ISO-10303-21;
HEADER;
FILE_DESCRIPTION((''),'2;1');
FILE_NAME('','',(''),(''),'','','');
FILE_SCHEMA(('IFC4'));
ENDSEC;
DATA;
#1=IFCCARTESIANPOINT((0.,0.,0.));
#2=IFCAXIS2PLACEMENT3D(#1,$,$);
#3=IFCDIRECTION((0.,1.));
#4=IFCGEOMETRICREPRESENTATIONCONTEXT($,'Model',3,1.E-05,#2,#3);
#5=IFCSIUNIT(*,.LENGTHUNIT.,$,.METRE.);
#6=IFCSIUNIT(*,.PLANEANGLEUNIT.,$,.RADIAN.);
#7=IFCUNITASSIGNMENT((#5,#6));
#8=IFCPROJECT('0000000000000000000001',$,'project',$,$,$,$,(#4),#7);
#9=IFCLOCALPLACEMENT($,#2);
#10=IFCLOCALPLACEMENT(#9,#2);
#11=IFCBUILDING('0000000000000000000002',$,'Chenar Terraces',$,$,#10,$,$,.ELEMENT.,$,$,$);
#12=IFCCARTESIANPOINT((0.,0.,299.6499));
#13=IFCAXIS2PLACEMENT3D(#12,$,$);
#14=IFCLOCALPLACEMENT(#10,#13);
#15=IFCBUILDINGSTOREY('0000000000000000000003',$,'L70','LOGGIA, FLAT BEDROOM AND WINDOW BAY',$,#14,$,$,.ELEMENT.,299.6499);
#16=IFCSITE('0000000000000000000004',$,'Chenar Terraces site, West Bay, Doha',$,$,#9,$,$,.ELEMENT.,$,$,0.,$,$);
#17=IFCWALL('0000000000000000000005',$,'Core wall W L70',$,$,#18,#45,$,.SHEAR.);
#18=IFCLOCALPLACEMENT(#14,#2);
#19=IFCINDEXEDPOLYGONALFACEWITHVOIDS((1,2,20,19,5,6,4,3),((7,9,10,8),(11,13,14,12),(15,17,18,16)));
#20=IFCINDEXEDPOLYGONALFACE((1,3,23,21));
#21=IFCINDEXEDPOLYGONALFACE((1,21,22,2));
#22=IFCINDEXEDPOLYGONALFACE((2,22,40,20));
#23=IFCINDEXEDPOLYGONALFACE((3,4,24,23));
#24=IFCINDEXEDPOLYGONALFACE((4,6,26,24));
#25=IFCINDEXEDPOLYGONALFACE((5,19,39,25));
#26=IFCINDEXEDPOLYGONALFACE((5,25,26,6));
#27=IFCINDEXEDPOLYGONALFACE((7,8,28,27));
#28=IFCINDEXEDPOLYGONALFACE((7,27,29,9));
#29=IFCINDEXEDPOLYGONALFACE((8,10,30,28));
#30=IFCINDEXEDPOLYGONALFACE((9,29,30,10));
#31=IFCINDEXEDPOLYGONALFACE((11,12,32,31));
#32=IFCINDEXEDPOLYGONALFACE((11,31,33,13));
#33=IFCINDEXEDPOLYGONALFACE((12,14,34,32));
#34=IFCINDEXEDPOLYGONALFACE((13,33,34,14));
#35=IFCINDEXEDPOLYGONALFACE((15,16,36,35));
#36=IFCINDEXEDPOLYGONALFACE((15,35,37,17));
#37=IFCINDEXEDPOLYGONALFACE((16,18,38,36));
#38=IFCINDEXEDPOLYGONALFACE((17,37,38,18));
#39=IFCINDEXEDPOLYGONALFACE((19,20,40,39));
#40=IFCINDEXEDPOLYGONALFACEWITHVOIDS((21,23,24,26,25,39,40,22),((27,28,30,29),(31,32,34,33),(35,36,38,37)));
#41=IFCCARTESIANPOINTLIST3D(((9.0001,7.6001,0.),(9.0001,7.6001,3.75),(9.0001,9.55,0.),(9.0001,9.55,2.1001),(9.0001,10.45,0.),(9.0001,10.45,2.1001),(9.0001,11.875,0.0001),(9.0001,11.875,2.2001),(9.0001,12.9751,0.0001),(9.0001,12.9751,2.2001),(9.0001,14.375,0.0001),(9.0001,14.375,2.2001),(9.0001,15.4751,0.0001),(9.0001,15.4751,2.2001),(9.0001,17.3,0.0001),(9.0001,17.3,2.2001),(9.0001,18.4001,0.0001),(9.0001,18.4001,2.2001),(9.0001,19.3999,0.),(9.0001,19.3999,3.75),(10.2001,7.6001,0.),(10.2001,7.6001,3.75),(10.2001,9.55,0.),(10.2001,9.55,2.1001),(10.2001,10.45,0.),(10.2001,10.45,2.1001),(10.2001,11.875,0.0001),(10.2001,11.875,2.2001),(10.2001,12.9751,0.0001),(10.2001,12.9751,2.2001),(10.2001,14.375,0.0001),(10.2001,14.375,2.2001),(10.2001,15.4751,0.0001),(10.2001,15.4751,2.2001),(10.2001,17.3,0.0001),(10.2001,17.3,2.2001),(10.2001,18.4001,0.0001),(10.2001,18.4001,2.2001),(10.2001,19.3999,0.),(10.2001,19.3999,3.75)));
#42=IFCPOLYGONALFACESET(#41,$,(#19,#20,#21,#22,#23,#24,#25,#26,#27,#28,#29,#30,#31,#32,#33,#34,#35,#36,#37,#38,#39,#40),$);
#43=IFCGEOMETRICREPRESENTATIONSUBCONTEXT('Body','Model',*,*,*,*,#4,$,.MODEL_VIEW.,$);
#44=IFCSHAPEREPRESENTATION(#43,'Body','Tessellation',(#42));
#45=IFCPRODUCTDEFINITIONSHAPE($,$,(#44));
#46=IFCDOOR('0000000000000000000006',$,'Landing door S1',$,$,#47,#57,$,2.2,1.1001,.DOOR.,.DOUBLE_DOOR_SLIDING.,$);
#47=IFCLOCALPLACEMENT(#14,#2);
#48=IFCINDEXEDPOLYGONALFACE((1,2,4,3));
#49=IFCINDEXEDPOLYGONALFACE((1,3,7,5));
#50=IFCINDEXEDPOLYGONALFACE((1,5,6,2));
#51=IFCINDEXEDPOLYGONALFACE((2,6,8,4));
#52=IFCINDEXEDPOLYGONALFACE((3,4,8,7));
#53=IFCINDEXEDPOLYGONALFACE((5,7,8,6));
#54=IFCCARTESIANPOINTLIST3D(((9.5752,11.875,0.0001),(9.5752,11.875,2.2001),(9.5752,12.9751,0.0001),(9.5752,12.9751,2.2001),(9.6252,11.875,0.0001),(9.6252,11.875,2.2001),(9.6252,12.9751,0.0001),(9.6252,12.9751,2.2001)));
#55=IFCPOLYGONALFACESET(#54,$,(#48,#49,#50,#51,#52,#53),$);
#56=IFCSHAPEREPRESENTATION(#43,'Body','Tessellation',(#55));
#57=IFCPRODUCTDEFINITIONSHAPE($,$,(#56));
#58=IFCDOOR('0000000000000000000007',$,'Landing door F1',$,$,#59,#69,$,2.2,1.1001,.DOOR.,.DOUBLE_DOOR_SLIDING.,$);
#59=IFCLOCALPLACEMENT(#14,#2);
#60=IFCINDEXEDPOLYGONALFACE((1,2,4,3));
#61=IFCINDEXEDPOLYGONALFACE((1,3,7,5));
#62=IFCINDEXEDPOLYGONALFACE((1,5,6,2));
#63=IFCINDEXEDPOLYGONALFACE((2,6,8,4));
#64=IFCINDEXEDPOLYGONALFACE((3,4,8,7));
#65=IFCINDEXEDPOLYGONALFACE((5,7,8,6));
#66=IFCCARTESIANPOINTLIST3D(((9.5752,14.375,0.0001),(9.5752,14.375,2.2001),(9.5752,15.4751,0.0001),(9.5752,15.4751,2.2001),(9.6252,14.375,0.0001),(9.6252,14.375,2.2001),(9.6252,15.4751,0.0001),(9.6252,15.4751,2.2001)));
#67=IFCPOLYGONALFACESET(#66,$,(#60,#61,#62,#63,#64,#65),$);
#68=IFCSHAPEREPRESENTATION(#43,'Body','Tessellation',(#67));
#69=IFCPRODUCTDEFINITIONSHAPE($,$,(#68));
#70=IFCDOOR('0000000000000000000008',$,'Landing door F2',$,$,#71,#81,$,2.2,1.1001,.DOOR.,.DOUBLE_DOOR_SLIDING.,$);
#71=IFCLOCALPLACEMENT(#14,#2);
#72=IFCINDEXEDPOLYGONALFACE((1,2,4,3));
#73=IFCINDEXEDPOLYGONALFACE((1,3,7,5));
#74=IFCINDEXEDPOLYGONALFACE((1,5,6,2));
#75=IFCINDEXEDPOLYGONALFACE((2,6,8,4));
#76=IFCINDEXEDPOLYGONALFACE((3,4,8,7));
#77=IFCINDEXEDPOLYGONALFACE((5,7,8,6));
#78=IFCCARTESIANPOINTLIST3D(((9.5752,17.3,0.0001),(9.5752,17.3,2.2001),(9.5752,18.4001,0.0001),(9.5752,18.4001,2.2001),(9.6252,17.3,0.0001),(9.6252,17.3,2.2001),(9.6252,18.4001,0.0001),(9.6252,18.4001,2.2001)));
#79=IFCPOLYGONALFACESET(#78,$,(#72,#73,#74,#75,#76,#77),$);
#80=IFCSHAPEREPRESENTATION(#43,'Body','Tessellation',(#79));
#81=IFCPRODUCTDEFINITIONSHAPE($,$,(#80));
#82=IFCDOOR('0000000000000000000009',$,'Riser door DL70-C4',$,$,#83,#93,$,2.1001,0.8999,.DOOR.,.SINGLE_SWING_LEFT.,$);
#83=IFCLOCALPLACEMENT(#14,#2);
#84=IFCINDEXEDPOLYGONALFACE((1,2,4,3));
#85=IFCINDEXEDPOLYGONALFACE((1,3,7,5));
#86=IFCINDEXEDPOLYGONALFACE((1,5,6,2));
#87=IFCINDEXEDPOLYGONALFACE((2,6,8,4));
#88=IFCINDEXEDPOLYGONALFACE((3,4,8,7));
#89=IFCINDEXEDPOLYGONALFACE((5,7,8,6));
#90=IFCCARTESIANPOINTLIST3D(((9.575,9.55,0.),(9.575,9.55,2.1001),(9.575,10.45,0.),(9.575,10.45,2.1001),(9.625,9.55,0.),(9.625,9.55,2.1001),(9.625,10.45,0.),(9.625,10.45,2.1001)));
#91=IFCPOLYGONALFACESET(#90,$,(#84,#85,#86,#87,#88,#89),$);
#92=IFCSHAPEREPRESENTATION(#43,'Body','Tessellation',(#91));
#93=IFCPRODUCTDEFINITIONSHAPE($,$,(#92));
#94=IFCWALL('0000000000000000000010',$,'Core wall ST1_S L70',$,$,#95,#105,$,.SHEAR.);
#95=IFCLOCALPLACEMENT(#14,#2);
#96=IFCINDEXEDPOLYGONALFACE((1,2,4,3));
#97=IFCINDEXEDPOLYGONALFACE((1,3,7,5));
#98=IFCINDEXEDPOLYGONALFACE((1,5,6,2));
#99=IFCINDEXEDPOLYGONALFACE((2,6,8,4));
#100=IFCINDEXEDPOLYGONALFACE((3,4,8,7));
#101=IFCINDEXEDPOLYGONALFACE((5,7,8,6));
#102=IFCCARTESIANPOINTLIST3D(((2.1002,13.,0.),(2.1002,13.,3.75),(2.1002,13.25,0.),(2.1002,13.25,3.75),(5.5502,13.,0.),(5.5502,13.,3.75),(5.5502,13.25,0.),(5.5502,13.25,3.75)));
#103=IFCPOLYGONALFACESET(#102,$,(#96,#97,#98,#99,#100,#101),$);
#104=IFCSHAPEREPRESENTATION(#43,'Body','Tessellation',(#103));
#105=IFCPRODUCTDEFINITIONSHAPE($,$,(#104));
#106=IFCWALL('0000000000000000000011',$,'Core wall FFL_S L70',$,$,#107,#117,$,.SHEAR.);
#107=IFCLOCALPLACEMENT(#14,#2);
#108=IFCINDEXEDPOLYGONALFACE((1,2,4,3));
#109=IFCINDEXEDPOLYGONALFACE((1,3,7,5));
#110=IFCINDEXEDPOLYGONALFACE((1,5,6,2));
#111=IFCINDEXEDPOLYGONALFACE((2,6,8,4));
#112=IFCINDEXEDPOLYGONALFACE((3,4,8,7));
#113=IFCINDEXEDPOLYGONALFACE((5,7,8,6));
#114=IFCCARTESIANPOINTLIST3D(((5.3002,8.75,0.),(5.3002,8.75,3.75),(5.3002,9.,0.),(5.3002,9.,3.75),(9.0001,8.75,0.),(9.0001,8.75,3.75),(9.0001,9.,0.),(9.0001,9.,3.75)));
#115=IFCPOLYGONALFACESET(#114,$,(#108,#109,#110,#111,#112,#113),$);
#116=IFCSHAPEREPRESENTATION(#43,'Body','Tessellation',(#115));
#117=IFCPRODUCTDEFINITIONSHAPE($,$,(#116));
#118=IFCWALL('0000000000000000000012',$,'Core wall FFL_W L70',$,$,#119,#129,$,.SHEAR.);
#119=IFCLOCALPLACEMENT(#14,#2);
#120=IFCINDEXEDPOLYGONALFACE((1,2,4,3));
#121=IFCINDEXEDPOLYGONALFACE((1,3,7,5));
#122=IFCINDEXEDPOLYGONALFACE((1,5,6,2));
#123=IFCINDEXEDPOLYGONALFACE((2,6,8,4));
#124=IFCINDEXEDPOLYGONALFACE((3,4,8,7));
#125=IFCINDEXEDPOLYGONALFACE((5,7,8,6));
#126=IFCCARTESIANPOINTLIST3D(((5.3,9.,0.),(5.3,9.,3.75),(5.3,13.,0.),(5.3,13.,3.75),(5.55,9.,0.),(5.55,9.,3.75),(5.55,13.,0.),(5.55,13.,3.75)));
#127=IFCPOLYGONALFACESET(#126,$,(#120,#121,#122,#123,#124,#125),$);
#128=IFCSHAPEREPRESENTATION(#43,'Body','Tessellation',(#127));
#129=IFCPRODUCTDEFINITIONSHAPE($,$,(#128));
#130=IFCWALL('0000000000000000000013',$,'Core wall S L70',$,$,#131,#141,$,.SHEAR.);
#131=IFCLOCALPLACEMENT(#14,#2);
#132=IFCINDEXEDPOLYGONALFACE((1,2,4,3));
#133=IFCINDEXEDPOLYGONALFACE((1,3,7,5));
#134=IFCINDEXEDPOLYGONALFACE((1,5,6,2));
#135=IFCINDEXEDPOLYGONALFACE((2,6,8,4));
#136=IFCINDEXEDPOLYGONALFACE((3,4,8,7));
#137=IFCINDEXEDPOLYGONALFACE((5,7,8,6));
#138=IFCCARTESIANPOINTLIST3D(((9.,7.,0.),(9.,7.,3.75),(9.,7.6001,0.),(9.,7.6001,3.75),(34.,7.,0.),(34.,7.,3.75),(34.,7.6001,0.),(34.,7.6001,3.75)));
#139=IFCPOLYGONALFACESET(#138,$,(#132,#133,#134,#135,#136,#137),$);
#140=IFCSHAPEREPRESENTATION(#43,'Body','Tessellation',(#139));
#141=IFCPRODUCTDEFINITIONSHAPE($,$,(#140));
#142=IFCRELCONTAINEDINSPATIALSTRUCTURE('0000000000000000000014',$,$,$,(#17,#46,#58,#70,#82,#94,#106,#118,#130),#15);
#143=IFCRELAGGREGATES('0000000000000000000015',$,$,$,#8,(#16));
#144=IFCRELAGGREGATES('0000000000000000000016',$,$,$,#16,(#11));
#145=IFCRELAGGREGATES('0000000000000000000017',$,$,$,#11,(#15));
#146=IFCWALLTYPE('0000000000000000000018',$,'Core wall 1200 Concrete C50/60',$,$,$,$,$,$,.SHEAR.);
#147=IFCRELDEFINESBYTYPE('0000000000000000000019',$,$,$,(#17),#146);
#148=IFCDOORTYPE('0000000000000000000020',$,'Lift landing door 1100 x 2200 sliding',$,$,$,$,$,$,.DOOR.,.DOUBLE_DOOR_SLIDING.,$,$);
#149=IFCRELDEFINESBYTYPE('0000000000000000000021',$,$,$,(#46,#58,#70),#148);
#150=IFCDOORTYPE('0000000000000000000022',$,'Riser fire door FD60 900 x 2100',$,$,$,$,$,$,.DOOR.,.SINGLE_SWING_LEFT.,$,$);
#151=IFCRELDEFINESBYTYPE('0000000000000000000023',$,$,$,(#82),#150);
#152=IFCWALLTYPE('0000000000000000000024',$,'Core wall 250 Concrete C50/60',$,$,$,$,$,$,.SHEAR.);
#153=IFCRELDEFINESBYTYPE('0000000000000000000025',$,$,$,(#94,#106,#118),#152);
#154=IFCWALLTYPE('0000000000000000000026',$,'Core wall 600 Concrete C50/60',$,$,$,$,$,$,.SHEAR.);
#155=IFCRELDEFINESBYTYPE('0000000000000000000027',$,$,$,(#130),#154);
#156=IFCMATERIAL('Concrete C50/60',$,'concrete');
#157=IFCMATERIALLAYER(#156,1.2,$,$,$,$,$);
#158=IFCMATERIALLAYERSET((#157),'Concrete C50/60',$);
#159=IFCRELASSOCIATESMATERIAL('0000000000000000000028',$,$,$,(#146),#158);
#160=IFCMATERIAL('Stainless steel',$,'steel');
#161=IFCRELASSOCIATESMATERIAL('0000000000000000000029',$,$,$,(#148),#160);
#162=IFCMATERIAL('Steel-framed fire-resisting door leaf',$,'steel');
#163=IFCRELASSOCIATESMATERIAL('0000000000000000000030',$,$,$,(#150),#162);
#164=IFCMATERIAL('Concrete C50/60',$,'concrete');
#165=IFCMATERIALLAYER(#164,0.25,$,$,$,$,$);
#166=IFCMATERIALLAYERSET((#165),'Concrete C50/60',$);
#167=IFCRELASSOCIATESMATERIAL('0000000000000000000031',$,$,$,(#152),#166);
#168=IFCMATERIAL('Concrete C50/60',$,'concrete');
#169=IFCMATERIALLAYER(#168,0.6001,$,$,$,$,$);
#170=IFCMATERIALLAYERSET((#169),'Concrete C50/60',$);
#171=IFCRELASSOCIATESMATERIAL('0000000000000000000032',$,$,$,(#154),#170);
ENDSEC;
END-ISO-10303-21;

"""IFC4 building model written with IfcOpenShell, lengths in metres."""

from ifc_helpers import new_model, si_unit, direction, frame, frame_2d, origin, place, context, subcontext, project, spatial, rectangle, extrude, material, layer, layer_set, type_object, element, fill, save


model = new_model("IFC4")

# Units and contexts
model_context = context("Model", 3, precision=1e-05, world=origin(), true_north=direction((0.0, 1.0)))
body_context = subcontext(model_context, "Body", "Model", "MODEL_VIEW")
ifc_project = project(units=[si_unit("LENGTHUNIT", "METRE"), si_unit("PLANEANGLEUNIT", "RADIAN")], contexts=[model_context])

# Site, building, storey
site_placement = place(None, origin())
site = spatial("IfcSite", under=ifc_project, at=site_placement, Name="Chenar Terraces site, West Bay, Doha", CompositionType="ELEMENT", RefElevation=0.0)
building_placement = place(site_placement, origin())
building = spatial("IfcBuilding", under=site, at=building_placement, Name="Chenar Terraces", CompositionType="ELEMENT")
storey_placement = place(building_placement, frame((0.0, 0.0, 299.6499)))
storey = spatial("IfcBuildingStorey", under=building, at=storey_placement, Name="L70", Description="LOGGIA, FLAT BEDROOM AND WINDOW BAY", CompositionType="ELEMENT", Elevation=299.6499)

# Wall, openings, doors
ifc_material_1 = material(Name="Concrete C50/60", Category="concrete")
ifc_layer_1 = layer(ifc_material_1, 1.2)
ifc_layer_set_1 = layer_set([ifc_layer_1], Name="Concrete C50/60")
wall_type_1 = type_object("IfcWallType", Name="Core wall 1200 Concrete C50/60", PredefinedType="SHEAR", material=ifc_layer_set_1)
wall_1_placement = place(storey_placement, frame((9.6001, 7.6001, 0.0), z_axis=(0.0, 0.0, 1.0), x_axis=(0.0, 1.0, 0.0)))
wall_1 = element("IfcWall", 1, at=wall_1_placement, inside=storey, type_object=wall_type_1, Name="Core wall W L70", PredefinedType="SHEAR", context=body_context, shape_type="SweptSolid", body=[
    extrude(rectangle(XDim=11.7998, YDim=1.2, at=frame_2d((5.8999, 0.0))), origin(), (0.0, 0.0, 1.0), 3.75),
])
opening_1_placement = place(wall_1_placement, frame((4.2749, 0.0, 0.0)))
opening_1 = element("IfcOpeningElement", 2, at=opening_1_placement, cuts=wall_1, PredefinedType="OPENING", context=body_context, shape_type="SweptSolid", body=[
    extrude(rectangle(XDim=1.1001, YDim=2.2, at=frame_2d((0.55, 1.1001))), frame((0.0, 0.6099, 0.0), z_axis=(0.0, -1.0, 0.0), x_axis=(1.0, 0.0, 0.0)), (0.0, 0.0, 1.0), 1.22),
])
opening_2_placement = place(wall_1_placement, frame((6.7749, 0.0, 0.0)))
opening_2 = element("IfcOpeningElement", 3, at=opening_2_placement, cuts=wall_1, PredefinedType="OPENING", context=body_context, shape_type="SweptSolid", body=[
    extrude(rectangle(XDim=1.1001, YDim=2.2, at=frame_2d((0.55, 1.1001))), frame((0.0, 0.6099, 0.0), z_axis=(0.0, -1.0, 0.0), x_axis=(1.0, 0.0, 0.0)), (0.0, 0.0, 1.0), 1.22),
])
opening_3_placement = place(wall_1_placement, frame((9.7, 0.0, 0.0)))
opening_3 = element("IfcOpeningElement", 4, at=opening_3_placement, cuts=wall_1, PredefinedType="OPENING", context=body_context, shape_type="SweptSolid", body=[
    extrude(rectangle(XDim=1.1001, YDim=2.2, at=frame_2d((0.55, 1.1001))), frame((0.0, 0.6099, 0.0), z_axis=(0.0, -1.0, 0.0), x_axis=(1.0, 0.0, 0.0)), (0.0, 0.0, 1.0), 1.22),
])
opening_4_placement = place(wall_1_placement, frame((1.95, 0.0, 0.0)))
opening_4 = element("IfcOpeningElement", 5, at=opening_4_placement, cuts=wall_1, PredefinedType="OPENING", context=body_context, shape_type="SweptSolid", body=[
    extrude(rectangle(XDim=0.8999, YDim=2.1001, at=frame_2d((0.45, 1.05))), frame((0.0, 0.6099, 0.0), z_axis=(0.0, -1.0, 0.0), x_axis=(1.0, 0.0, 0.0)), (0.0, 0.0, 1.0), 1.22),
])
ifc_material_2 = material(Name="Stainless steel", Category="steel")
door_type_1 = type_object("IfcDoorType", Name="Lift landing door 1100 x 2200 sliding", OperationType="DOUBLE_DOOR_SLIDING", PredefinedType="DOOR", material=ifc_material_2)
door_1_placement = place(opening_1_placement, origin())
door_1 = element("IfcDoor", 6, at=door_1_placement, inside=storey, type_object=door_type_1, Name="Landing door S1", OperationType="DOUBLE_DOOR_SLIDING", OverallHeight=2.2, OverallWidth=1.1001, PredefinedType="DOOR", context=body_context, shape_type="SweptSolid", body=[
    extrude(rectangle(XDim=1.1001, YDim=2.2, at=frame_2d((0.55, 1.1001))), frame((0.0, 0.0249, 0.0), z_axis=(0.0, -1.0, 0.0), x_axis=(1.0, 0.0, 0.0)), (0.0, 0.0, 1.0), 0.05),
])
fill(opening_1, door_1)
door_2_placement = place(opening_2_placement, origin())
door_2 = element("IfcDoor", 7, at=door_2_placement, inside=storey, type_object=door_type_1, Name="Landing door F1", OperationType="DOUBLE_DOOR_SLIDING", OverallHeight=2.2, OverallWidth=1.1001, PredefinedType="DOOR", context=body_context, shape_type="SweptSolid", body=[
    extrude(rectangle(XDim=1.1001, YDim=2.2, at=frame_2d((0.55, 1.1001))), frame((0.0, 0.0249, 0.0), z_axis=(0.0, -1.0, 0.0), x_axis=(1.0, 0.0, 0.0)), (0.0, 0.0, 1.0), 0.05),
])
fill(opening_2, door_2)
door_3_placement = place(opening_3_placement, origin())
door_3 = element("IfcDoor", 8, at=door_3_placement, inside=storey, type_object=door_type_1, Name="Landing door F2", OperationType="DOUBLE_DOOR_SLIDING", OverallHeight=2.2, OverallWidth=1.1001, PredefinedType="DOOR", context=body_context, shape_type="SweptSolid", body=[
    extrude(rectangle(XDim=1.1001, YDim=2.2, at=frame_2d((0.55, 1.1001))), frame((0.0, 0.0249, 0.0), z_axis=(0.0, -1.0, 0.0), x_axis=(1.0, 0.0, 0.0)), (0.0, 0.0, 1.0), 0.05),
])
fill(opening_3, door_3)
ifc_material_3 = material(Name="Steel-framed fire-resisting door leaf", Category="steel")
door_type_2 = type_object("IfcDoorType", Name="Riser fire door FD60 900 x 2100", OperationType="SINGLE_SWING_LEFT", PredefinedType="DOOR", material=ifc_material_3)
door_4_placement = place(opening_4_placement, frame((0.8999, 0.0, 0.0), z_axis=(0.0, 0.0, 1.0), x_axis=(-1.0, 0.0, 0.0)))
door_4 = element("IfcDoor", 9, at=door_4_placement, inside=storey, type_object=door_type_2, Name="Riser door DL70-C4", OperationType="SINGLE_SWING_LEFT", OverallHeight=2.1001, OverallWidth=0.8999, PredefinedType="DOOR", context=body_context, shape_type="SweptSolid", body=[
    extrude(rectangle(XDim=0.8999, YDim=2.1001, at=frame_2d((0.45, 1.05))), frame((0.0, 0.0249, 0.0), z_axis=(0.0, -1.0, 0.0), x_axis=(1.0, 0.0, 0.0)), (0.0, 0.0, 1.0), 0.05),
])
fill(opening_4, door_4)

# Walls
ifc_material_4 = material(Name="Concrete C50/60", Category="concrete")
ifc_layer_2 = layer(ifc_material_4, 0.25)
ifc_layer_set_2 = layer_set([ifc_layer_2], Name="Concrete C50/60")
wall_type_2 = type_object("IfcWallType", Name="Core wall 250 Concrete C50/60", PredefinedType="SHEAR", material=ifc_layer_set_2)
wall_2_placement = place(storey_placement, frame((2.1001, 13.125, 0.0), z_axis=(0.0, 0.0, 1.0), x_axis=(1.0, 0.0, 0.0)))
element("IfcWall", 10, at=wall_2_placement, inside=storey, type_object=wall_type_2, Name="Core wall ST1_S L70", PredefinedType="SHEAR", context=body_context, shape_type="SweptSolid", body=[
    extrude(rectangle(XDim=3.45, YDim=0.25, at=frame_2d((1.7251, 0.0))), origin(), (0.0, 0.0, 1.0), 3.75),
])
wall_3_placement = place(storey_placement, frame((5.3, 8.875, 0.0), z_axis=(0.0, 0.0, 1.0), x_axis=(1.0, 0.0, 0.0)))
element("IfcWall", 11, at=wall_3_placement, inside=storey, type_object=wall_type_2, Name="Core wall FFL_S L70", PredefinedType="SHEAR", context=body_context, shape_type="SweptSolid", body=[
    extrude(rectangle(XDim=3.7, YDim=0.25, at=frame_2d((1.8501, 0.0))), origin(), (0.0, 0.0, 1.0), 3.75),
])
wall_4_placement = place(storey_placement, frame((5.425, 9.0, 0.0), z_axis=(0.0, 0.0, 1.0), x_axis=(0.0, 1.0, 0.0)))
element("IfcWall", 12, at=wall_4_placement, inside=storey, type_object=wall_type_2, Name="Core wall FFL_W L70", PredefinedType="SHEAR", context=body_context, shape_type="SweptSolid", body=[
    extrude(rectangle(XDim=4.0, YDim=0.25, at=frame_2d((2.0, 0.0))), origin(), (0.0, 0.0, 1.0), 3.75),
])
ifc_material_5 = material(Name="Concrete C50/60", Category="concrete")
ifc_layer_3 = layer(ifc_material_5, 0.6001)
ifc_layer_set_3 = layer_set([ifc_layer_3], Name="Concrete C50/60")
wall_type_3 = type_object("IfcWallType", Name="Core wall 600 Concrete C50/60", PredefinedType="SHEAR", material=ifc_layer_set_3)
wall_5_placement = place(storey_placement, frame((9.0, 7.3, 0.0), z_axis=(0.0, 0.0, 1.0), x_axis=(1.0, 0.0, 0.0)))
element("IfcWall", 13, at=wall_5_placement, inside=storey, type_object=wall_type_3, Name="Core wall S L70", PredefinedType="SHEAR", context=body_context, shape_type="SweptSolid", body=[
    extrude(rectangle(XDim=25.0, YDim=0.6001, at=frame_2d((12.5, 0.0))), origin(), (0.0, 0.0, 1.0), 3.75),
])

save(model, "model.ifc")
